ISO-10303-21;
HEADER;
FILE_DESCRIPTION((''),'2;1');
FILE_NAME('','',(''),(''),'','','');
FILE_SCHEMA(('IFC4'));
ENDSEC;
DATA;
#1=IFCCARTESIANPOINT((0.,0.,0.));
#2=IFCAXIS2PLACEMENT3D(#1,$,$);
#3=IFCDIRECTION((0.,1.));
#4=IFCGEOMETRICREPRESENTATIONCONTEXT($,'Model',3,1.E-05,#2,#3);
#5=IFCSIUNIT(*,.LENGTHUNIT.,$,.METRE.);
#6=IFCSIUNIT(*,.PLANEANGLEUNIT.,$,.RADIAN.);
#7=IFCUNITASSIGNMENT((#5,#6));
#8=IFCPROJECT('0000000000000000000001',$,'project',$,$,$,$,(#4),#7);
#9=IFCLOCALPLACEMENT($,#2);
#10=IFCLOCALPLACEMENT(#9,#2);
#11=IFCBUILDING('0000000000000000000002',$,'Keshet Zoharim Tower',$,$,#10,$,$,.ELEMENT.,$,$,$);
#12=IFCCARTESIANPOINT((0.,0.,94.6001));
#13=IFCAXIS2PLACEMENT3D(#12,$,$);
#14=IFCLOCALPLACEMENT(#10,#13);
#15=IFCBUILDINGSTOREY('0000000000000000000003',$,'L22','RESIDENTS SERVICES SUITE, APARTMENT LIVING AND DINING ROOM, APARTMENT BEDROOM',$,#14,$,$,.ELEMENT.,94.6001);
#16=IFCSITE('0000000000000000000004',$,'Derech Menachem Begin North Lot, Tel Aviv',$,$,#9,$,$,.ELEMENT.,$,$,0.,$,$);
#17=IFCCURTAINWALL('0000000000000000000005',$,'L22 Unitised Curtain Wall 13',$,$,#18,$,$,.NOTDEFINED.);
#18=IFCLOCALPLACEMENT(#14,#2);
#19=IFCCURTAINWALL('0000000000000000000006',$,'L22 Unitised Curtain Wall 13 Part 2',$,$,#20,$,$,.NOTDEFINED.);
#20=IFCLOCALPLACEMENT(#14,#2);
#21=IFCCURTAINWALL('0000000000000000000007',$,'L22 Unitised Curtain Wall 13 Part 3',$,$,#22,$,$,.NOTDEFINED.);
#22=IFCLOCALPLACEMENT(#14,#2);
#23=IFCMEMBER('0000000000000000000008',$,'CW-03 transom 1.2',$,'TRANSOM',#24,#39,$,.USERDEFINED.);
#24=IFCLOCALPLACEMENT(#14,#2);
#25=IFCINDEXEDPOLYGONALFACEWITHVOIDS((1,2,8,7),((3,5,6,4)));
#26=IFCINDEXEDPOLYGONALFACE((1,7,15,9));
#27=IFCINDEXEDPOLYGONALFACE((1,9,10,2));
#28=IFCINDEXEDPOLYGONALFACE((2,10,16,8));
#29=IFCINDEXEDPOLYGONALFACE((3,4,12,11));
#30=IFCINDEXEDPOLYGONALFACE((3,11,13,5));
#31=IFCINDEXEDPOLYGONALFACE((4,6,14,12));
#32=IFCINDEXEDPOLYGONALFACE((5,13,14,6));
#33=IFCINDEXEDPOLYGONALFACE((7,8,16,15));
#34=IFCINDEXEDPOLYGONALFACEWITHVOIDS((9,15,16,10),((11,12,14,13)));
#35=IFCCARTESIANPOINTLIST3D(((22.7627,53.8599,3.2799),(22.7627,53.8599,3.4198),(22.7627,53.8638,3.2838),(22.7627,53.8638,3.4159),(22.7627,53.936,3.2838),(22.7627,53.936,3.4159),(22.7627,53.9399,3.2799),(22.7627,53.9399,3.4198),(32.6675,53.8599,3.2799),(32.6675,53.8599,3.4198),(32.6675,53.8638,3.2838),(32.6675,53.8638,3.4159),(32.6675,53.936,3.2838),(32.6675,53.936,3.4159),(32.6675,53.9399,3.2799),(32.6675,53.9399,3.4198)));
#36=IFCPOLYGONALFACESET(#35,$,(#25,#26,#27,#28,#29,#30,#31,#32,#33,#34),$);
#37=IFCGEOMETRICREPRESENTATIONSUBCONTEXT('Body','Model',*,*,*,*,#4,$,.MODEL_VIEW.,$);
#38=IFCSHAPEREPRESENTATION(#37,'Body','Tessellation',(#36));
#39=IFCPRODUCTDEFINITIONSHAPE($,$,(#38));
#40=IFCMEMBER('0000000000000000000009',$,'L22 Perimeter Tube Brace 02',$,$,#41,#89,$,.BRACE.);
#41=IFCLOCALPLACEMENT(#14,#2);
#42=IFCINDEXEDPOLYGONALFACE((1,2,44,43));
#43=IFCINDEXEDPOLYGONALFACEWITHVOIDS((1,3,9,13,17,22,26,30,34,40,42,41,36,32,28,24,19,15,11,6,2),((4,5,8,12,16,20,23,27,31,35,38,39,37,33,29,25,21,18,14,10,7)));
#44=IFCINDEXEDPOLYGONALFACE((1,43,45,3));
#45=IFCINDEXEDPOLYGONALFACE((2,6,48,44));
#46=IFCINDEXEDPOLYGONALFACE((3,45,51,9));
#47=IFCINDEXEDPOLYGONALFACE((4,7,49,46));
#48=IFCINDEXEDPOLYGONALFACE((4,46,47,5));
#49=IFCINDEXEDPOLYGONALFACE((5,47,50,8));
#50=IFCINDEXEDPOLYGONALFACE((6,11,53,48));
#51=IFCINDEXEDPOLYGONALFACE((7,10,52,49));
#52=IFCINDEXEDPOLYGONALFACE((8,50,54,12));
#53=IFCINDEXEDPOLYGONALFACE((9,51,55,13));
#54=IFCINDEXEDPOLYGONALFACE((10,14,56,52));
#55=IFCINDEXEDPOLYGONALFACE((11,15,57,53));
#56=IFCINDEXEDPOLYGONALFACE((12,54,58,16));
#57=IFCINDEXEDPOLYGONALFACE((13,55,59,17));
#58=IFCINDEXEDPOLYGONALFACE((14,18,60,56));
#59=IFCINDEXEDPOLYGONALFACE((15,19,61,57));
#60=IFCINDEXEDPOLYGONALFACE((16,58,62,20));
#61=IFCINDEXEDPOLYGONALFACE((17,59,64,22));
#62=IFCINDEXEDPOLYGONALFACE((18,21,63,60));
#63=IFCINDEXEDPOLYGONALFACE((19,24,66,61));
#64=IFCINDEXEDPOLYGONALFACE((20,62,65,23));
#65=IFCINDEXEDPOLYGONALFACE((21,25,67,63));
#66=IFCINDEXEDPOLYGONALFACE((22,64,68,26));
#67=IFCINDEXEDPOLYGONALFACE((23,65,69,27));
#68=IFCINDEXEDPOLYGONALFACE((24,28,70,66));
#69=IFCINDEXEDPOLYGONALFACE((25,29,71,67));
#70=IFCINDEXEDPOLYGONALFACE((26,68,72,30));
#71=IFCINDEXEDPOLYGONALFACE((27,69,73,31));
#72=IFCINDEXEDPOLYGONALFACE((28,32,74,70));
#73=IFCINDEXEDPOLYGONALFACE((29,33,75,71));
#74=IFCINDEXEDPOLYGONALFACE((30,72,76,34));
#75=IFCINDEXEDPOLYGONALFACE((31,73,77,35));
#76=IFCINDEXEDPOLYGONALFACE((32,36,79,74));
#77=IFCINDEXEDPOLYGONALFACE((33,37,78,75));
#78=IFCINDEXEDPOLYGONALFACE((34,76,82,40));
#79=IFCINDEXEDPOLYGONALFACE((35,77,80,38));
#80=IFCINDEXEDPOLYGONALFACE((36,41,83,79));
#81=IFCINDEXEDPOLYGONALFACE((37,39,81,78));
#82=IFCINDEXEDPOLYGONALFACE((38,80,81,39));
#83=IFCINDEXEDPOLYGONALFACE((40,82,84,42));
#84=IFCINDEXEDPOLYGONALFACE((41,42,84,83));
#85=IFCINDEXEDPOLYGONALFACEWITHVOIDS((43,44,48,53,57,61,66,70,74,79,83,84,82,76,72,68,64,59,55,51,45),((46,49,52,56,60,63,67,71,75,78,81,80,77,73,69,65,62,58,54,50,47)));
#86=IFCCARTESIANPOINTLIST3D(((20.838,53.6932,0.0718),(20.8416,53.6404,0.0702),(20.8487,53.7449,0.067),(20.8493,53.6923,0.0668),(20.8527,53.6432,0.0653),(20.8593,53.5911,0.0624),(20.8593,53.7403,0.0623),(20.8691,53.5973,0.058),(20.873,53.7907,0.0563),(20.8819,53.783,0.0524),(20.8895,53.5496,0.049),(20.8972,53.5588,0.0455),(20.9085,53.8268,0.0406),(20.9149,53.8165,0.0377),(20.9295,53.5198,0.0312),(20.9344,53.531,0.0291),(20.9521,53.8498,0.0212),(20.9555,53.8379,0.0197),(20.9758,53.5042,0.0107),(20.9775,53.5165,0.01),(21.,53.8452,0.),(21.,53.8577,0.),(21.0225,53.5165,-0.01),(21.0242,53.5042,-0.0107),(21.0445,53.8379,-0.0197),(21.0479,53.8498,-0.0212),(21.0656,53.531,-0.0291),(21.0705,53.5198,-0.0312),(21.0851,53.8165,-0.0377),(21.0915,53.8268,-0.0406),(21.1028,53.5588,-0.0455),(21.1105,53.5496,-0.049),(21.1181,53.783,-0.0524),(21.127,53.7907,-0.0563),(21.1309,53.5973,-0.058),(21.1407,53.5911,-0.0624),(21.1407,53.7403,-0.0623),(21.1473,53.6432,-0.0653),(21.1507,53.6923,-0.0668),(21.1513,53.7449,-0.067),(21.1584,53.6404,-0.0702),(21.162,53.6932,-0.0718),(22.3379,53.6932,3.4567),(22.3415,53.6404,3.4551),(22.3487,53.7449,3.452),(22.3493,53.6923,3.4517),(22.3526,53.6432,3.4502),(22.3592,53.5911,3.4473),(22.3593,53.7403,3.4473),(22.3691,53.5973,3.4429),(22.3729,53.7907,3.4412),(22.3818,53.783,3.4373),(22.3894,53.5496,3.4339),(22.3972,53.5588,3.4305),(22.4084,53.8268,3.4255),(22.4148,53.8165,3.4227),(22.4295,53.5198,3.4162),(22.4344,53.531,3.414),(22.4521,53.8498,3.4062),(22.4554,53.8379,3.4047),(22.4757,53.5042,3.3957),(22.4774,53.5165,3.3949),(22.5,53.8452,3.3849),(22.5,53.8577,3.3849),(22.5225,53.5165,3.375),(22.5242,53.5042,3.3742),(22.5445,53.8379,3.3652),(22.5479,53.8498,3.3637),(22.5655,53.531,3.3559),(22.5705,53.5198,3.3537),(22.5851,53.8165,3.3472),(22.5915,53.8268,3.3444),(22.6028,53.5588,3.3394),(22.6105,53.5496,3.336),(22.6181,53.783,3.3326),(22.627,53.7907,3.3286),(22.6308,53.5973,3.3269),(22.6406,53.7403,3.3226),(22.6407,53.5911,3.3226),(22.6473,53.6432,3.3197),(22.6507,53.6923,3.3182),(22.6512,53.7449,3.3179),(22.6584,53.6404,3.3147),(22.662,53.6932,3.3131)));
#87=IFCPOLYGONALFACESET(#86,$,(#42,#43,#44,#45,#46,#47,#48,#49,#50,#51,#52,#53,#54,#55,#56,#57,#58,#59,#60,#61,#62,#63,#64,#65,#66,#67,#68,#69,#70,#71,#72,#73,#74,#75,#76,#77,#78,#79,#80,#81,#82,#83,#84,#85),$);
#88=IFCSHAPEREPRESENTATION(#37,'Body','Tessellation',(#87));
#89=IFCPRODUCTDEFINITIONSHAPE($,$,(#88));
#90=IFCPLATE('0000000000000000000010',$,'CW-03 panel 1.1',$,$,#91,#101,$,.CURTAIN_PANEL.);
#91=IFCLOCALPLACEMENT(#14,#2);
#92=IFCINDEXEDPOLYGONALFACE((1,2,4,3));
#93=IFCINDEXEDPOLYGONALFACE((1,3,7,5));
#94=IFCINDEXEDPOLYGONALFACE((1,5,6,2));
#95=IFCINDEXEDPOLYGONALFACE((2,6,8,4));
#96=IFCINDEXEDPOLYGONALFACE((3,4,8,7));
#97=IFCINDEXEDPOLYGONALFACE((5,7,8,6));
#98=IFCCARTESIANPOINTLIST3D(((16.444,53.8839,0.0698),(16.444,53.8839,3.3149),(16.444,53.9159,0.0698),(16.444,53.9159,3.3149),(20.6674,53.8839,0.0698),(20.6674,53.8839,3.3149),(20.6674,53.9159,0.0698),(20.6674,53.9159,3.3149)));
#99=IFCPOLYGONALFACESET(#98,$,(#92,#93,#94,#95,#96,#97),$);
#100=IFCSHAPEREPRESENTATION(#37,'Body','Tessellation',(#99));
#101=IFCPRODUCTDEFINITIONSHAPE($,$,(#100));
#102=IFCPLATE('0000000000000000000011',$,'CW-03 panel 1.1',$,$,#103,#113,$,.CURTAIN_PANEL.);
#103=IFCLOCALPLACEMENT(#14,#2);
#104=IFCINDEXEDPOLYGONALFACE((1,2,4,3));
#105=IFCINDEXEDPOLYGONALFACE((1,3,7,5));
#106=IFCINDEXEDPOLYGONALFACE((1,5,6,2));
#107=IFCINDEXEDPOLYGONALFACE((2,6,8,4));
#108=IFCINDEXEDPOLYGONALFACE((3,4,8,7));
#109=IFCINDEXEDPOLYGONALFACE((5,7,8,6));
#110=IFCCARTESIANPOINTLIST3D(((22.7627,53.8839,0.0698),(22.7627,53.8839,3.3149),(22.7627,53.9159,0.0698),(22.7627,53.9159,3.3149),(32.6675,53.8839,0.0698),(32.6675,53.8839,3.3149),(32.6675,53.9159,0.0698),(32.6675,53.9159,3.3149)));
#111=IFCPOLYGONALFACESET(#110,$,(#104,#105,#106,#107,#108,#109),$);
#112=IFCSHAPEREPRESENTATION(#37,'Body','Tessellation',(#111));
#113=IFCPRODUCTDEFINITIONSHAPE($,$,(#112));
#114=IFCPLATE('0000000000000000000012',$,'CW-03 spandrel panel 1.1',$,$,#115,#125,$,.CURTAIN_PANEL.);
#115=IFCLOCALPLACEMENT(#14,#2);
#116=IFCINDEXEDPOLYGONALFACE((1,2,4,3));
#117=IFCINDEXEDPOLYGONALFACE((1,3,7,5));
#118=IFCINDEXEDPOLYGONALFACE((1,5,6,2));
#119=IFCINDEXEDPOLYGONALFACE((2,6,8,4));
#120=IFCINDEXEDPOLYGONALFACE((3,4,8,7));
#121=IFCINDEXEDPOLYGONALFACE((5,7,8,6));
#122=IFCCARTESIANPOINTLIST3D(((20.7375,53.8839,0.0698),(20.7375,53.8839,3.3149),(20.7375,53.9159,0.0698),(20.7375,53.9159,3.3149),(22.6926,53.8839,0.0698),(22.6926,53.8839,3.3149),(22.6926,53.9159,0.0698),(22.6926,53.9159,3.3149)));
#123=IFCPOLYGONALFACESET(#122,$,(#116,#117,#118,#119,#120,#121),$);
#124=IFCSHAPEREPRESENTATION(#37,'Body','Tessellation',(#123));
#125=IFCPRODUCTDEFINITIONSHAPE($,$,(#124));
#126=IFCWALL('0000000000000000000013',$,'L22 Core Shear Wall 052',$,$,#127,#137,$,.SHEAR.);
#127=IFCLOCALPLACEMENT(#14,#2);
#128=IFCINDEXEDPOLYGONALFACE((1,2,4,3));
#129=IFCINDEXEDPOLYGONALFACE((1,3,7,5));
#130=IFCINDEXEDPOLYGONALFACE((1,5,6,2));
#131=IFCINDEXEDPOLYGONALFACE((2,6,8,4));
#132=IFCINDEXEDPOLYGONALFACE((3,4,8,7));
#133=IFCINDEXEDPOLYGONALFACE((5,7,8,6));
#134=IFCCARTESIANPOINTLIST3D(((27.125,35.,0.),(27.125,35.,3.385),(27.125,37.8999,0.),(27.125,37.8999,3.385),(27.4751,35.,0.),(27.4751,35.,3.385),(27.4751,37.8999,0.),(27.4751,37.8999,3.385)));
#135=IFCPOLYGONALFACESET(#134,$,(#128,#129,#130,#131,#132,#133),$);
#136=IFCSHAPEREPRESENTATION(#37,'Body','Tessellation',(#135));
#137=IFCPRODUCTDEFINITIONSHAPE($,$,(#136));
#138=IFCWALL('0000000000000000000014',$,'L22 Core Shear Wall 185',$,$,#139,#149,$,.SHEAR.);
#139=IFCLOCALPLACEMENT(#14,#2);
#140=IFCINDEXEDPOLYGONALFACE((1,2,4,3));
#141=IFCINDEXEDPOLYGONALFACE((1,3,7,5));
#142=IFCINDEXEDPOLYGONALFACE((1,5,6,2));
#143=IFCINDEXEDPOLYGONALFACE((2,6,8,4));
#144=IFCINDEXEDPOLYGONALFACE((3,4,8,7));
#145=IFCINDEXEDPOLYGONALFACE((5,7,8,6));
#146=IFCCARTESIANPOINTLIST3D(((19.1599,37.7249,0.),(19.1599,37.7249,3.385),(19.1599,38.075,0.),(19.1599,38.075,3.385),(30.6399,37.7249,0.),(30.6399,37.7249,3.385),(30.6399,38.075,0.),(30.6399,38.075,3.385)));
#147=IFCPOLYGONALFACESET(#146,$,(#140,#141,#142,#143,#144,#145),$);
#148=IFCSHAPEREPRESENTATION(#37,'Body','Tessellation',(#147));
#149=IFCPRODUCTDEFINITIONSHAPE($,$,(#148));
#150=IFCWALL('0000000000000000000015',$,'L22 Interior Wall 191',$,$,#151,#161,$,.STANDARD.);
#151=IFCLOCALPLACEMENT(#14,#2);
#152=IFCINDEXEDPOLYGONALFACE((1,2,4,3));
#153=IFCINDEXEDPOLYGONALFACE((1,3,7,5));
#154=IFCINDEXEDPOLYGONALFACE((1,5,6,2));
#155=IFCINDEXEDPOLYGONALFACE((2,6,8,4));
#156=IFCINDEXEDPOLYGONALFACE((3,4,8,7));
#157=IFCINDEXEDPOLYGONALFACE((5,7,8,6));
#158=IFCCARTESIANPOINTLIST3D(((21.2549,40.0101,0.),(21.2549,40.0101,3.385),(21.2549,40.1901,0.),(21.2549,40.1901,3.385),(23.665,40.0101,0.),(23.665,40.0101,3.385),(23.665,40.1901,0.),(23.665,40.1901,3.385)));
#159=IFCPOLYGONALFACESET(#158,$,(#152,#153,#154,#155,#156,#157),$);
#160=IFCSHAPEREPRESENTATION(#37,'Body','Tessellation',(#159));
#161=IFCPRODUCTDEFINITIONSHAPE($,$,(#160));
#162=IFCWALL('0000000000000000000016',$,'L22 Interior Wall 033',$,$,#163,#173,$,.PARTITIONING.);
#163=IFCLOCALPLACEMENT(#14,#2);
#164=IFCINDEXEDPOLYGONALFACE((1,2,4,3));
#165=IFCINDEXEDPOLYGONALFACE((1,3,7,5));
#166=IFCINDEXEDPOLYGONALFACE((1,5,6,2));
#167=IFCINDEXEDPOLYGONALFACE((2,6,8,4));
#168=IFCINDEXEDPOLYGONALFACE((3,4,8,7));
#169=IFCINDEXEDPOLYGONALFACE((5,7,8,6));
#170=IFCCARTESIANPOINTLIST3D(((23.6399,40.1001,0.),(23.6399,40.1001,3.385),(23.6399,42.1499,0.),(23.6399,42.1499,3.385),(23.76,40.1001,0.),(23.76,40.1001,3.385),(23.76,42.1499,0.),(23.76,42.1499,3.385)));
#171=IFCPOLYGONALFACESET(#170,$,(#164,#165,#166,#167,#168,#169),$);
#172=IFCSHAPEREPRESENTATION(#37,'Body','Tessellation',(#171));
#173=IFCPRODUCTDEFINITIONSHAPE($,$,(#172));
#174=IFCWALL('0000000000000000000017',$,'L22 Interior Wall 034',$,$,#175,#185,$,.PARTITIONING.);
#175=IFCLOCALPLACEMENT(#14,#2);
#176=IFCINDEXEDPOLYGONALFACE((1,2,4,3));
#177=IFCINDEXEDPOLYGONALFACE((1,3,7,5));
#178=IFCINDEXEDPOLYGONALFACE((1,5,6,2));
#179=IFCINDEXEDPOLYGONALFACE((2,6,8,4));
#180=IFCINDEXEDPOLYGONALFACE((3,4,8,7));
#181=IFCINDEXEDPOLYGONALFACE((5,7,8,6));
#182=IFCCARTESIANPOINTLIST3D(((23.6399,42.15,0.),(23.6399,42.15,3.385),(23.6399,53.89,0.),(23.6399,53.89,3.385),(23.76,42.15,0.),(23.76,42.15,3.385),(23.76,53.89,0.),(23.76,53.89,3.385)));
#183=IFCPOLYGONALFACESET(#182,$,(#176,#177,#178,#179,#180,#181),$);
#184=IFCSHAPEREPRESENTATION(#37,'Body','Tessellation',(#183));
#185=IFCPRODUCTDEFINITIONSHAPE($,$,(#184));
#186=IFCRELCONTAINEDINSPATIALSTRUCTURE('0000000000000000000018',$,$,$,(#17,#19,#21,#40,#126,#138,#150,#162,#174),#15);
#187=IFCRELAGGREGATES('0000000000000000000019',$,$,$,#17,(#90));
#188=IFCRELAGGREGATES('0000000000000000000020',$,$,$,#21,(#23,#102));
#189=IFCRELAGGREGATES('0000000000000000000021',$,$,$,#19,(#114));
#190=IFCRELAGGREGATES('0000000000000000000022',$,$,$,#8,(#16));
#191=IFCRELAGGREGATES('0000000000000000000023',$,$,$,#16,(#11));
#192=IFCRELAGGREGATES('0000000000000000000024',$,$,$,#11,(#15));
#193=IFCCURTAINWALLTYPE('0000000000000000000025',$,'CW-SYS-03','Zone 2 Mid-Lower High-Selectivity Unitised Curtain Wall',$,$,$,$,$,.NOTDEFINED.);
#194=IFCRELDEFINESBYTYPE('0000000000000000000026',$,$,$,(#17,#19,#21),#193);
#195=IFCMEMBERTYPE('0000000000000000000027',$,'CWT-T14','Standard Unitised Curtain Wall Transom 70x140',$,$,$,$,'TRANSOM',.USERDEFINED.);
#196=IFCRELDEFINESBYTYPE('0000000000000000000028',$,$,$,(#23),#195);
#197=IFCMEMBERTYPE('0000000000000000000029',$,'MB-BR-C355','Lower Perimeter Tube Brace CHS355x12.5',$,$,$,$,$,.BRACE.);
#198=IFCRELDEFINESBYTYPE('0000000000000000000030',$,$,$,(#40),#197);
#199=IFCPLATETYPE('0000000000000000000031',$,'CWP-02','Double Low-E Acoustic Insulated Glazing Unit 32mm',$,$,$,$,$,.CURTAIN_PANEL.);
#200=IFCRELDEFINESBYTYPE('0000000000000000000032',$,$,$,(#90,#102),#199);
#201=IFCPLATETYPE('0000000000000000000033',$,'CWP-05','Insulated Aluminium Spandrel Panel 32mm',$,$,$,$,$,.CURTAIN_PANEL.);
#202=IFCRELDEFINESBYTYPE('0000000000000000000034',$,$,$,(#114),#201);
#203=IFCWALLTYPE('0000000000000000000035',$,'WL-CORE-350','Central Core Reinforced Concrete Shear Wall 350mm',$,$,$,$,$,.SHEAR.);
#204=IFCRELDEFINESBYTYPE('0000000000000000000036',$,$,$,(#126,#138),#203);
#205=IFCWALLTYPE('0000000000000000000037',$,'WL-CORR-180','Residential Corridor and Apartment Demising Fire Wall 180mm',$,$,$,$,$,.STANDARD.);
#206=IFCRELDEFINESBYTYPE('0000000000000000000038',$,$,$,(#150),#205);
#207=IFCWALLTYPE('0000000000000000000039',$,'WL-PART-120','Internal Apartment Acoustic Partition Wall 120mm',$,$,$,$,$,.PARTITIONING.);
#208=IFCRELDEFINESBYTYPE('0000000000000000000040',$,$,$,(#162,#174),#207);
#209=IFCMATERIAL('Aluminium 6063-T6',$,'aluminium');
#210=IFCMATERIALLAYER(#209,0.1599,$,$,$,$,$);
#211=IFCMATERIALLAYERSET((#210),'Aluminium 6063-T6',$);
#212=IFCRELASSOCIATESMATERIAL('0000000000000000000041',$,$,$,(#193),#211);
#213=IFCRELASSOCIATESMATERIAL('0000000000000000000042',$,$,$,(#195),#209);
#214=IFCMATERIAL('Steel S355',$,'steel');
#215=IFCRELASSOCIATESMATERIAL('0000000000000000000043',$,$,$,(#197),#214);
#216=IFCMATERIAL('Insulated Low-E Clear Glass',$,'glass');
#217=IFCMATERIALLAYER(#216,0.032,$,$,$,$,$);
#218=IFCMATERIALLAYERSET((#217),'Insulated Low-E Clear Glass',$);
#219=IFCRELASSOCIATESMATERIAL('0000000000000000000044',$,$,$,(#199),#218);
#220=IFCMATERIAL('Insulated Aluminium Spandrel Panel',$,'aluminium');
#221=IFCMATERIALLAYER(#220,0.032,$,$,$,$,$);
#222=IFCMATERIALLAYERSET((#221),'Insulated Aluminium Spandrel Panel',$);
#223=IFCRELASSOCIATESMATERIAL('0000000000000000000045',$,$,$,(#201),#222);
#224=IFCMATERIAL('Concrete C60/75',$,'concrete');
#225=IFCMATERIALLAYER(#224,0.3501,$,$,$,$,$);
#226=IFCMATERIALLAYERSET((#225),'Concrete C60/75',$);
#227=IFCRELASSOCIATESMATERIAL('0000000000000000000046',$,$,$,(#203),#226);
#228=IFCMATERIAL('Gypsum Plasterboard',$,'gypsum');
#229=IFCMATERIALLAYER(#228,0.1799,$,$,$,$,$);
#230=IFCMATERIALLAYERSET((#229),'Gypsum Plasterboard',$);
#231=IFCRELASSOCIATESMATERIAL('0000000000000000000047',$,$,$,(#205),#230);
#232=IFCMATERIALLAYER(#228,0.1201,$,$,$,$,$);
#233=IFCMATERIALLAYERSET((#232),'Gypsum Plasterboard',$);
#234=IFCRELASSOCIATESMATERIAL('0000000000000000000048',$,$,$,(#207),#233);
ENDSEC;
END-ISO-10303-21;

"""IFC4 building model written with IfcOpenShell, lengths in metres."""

from ifc_helpers import new_model, si_unit, direction, frame, frame_2d, origin, origin_2d, place, context, subcontext, project, spatial, rectangle, hollow_rectangle, hollow_circle, extrude, material, layer, layer_set, material_profile, profile_set, type_object, element, aggregate, save


model = new_model("IFC4")

# Units and contexts
model_context = context("Model", 3, precision=1e-05, world=origin(), true_north=direction((0.0, 1.0)))
body_context = subcontext(model_context, "Body", "Model", "MODEL_VIEW")
ifc_project = project(units=[si_unit("LENGTHUNIT", "METRE"), si_unit("PLANEANGLEUNIT", "RADIAN")], contexts=[model_context])

# Site, building, storey
site_placement = place(None, origin())
site = spatial("IfcSite", under=ifc_project, at=site_placement, Name="Derech Menachem Begin North Lot, Tel Aviv", CompositionType="ELEMENT", RefElevation=0.0)
building_placement = place(site_placement, origin())
building = spatial("IfcBuilding", under=site, at=building_placement, Name="Keshet Zoharim Tower", CompositionType="ELEMENT")
storey_placement = place(building_placement, frame((0.0, 0.0, 94.6001)))
storey = spatial("IfcBuildingStorey", under=building, at=storey_placement, Name="L22", Description="RESIDENTS SERVICES SUITE, APARTMENT LIVING AND DINING ROOM, APARTMENT BEDROOM", CompositionType="ELEMENT", Elevation=94.6001)

# Shared definitions
ifc_material_1 = material(Name="Steel S355", Category="steel")

# Curtain wall
ifc_material_2 = material(Name="Aluminium 6063-T6", Category="aluminium")
ifc_layer_1 = layer(ifc_material_2, 0.1599)
ifc_layer_set_1 = layer_set([ifc_layer_1], Name="Aluminium 6063-T6")
curtain_wall_type = type_object("IfcCurtainWallType", Name="CW-SYS-03", Description="Zone 2 Mid-Lower High-Selectivity Unitised Curtain Wall", PredefinedType="NOTDEFINED", material=ifc_layer_set_1)
curtain_wall_1_placement = place(storey_placement, origin())
curtain_wall_1 = element("IfcCurtainWall", 1, at=curtain_wall_1_placement, inside=storey, type_object=curtain_wall_type, Name="L22 Unitised Curtain Wall 13", PredefinedType="NOTDEFINED")

# Curtain walls, member
curtain_wall_2_placement = place(storey_placement, origin())
curtain_wall_2 = element("IfcCurtainWall", 2, at=curtain_wall_2_placement, inside=storey, type_object=curtain_wall_type, Name="L22 Unitised Curtain Wall 13 Part 2", PredefinedType="NOTDEFINED")
ifc_material_profile_1 = material_profile(ifc_material_2, hollow_rectangle(XDim=0.0801, YDim=0.1399, WallThickness=0.0039, at=origin_2d()), Name="TRN-80x140")
ifc_profile_set_1 = profile_set([ifc_material_profile_1], Name="Aluminium 6063-T6")
member_type_1 = type_object("IfcMemberType", Name="CWT-T14", Description="Standard Unitised Curtain Wall Transom 70x140", ElementType="TRANSOM", PredefinedType="USERDEFINED", material=ifc_profile_set_1)
curtain_wall_3_placement = place(storey_placement, origin())
curtain_wall_3 = element("IfcCurtainWall", 3, at=curtain_wall_3_placement, inside=storey, type_object=curtain_wall_type, Name="L22 Unitised Curtain Wall 13 Part 3", PredefinedType="NOTDEFINED")
member_1_placement = place(storey_placement, frame((22.7627, 53.8999, 3.3499), z_axis=(1.0, 0.0, 0.0), x_axis=(0.0, 1.0, 0.0)))
member_1 = element("IfcMember", 4, at=member_1_placement, type_object=member_type_1, Name="CW-03 transom 1.2", ObjectType="TRANSOM", PredefinedType="USERDEFINED", context=body_context, shape_type="SweptSolid", body=[
    extrude(hollow_rectangle(XDim=0.0801, YDim=0.1399, WallThickness=0.0039, at=origin_2d()), origin(), (0.0, 0.0, 1.0), 9.9048),
])

# Member
ifc_material_profile_2 = material_profile(ifc_material_1, hollow_circle(Radius=0.1777, WallThickness=0.0125, at=origin_2d()), Name="CHS355x12.5")
ifc_profile_set_2 = profile_set([ifc_material_profile_2], Name="Steel S355")
member_type_2 = type_object("IfcMemberType", Name="MB-BR-C355", Description="Lower Perimeter Tube Brace CHS355x12.5", PredefinedType="BRACE", material=ifc_profile_set_2)
member_2_placement = place(storey_placement, frame((21.0, 53.6799, 0.0), z_axis=(0.405135, 0.0, 0.914257), x_axis=(0.0, 1.0, 0.0)))
element("IfcMember", 5, at=member_2_placement, inside=storey, type_object=member_type_2, Name="L22 Perimeter Tube Brace 02", PredefinedType="BRACE", context=body_context, shape_type="SweptSolid", body=[
    extrude(hollow_circle(Radius=0.1777, WallThickness=0.0125, at=origin_2d()), origin(), (0.0, 0.0, 1.0), 3.7024),
])

# Plates
ifc_material_3 = material(Name="Insulated Low-E Clear Glass", Category="glass")
ifc_layer_2 = layer(ifc_material_3, 0.032)
ifc_layer_set_2 = layer_set([ifc_layer_2], Name="Insulated Low-E Clear Glass")
plate_type_1 = type_object("IfcPlateType", Name="CWP-02", Description="Double Low-E Acoustic Insulated Glazing Unit 32mm", PredefinedType="CURTAIN_PANEL", material=ifc_layer_set_2)
plate_1_placement = place(storey_placement, frame((18.5557, 53.8999, 0.0698), z_axis=(0.0, 0.0, 1.0), x_axis=(1.0, 0.0, 0.0)))
plate_1 = element("IfcPlate", 6, at=plate_1_placement, type_object=plate_type_1, Name="CW-03 panel 1.1", PredefinedType="CURTAIN_PANEL", context=body_context, shape_type="SweptSolid", body=[
    extrude(rectangle(XDim=4.2234, YDim=0.032, at=origin_2d()), origin(), (0.0, 0.0, 1.0), 3.2451),
])
aggregate(curtain_wall_1, [plate_1])
plate_2_placement = place(storey_placement, frame((27.7151, 53.8999, 0.0698), z_axis=(0.0, 0.0, 1.0), x_axis=(1.0, 0.0, 0.0)))
plate_2 = element("IfcPlate", 7, at=plate_2_placement, type_object=plate_type_1, Name="CW-03 panel 1.1", PredefinedType="CURTAIN_PANEL", context=body_context, shape_type="SweptSolid", body=[
    extrude(rectangle(XDim=9.9048, YDim=0.032, at=origin_2d()), origin(), (0.0, 0.0, 1.0), 3.2451),
])
aggregate(curtain_wall_3, [member_1, plate_2])
ifc_material_4 = material(Name="Insulated Aluminium Spandrel Panel", Category="aluminium")
ifc_layer_3 = layer(ifc_material_4, 0.032)
ifc_layer_set_3 = layer_set([ifc_layer_3], Name="Insulated Aluminium Spandrel Panel")
plate_type_2 = type_object("IfcPlateType", Name="CWP-05", Description="Insulated Aluminium Spandrel Panel 32mm", PredefinedType="CURTAIN_PANEL", material=ifc_layer_set_3)
plate_3_placement = place(storey_placement, frame((21.7151, 53.8999, 0.0698), z_axis=(0.0, 0.0, 1.0), x_axis=(1.0, 0.0, 0.0)))
plate_3 = element("IfcPlate", 8, at=plate_3_placement, type_object=plate_type_2, Name="CW-03 spandrel panel 1.1", PredefinedType="CURTAIN_PANEL", context=body_context, shape_type="SweptSolid", body=[
    extrude(rectangle(XDim=1.9551, YDim=0.032, at=origin_2d()), origin(), (0.0, 0.0, 1.0), 3.2451),
])
aggregate(curtain_wall_2, [plate_3])

# Walls
ifc_material_5 = material(Name="Concrete C60/75", Category="concrete")
ifc_layer_4 = layer(ifc_material_5, 0.3501)
ifc_layer_set_4 = layer_set([ifc_layer_4], Name="Concrete C60/75")
wall_type_1 = type_object("IfcWallType", Name="WL-CORE-350", Description="Central Core Reinforced Concrete Shear Wall 350mm", PredefinedType="SHEAR", material=ifc_layer_set_4)
wall_1_placement = place(storey_placement, frame((27.3, 35.0, 0.0), z_axis=(0.0, 0.0, 1.0), x_axis=(0.0, 1.0, 0.0)))
element("IfcWall", 9, at=wall_1_placement, inside=storey, type_object=wall_type_1, Name="L22 Core Shear Wall 052", PredefinedType="SHEAR", context=body_context, shape_type="SweptSolid", body=[
    extrude(rectangle(XDim=2.8999, YDim=0.3501, at=frame_2d((1.45, 0.0))), origin(), (0.0, 0.0, 1.0), 3.385),
])
wall_2_placement = place(storey_placement, frame((19.1599, 37.8999, 0.0), z_axis=(0.0, 0.0, 1.0), x_axis=(1.0, 0.0, 0.0)))
element("IfcWall", 10, at=wall_2_placement, inside=storey, type_object=wall_type_1, Name="L22 Core Shear Wall 185", PredefinedType="SHEAR", context=body_context, shape_type="SweptSolid", body=[
    extrude(rectangle(XDim=11.48, YDim=0.3501, at=frame_2d((5.74, 0.0))), origin(), (0.0, 0.0, 1.0), 3.385),
])
ifc_material_6 = material(Name="Gypsum Plasterboard", Category="gypsum")
ifc_layer_5 = layer(ifc_material_6, 0.1799)
ifc_layer_set_5 = layer_set([ifc_layer_5], Name="Gypsum Plasterboard")
wall_type_2 = type_object("IfcWallType", Name="WL-CORR-180", Description="Residential Corridor and Apartment Demising Fire Wall 180mm", PredefinedType="STANDARD", material=ifc_layer_set_5)
wall_3_placement = place(storey_placement, frame((21.2549, 40.1001, 0.0), z_axis=(0.0, 0.0, 1.0), x_axis=(1.0, 0.0, 0.0)))
element("IfcWall", 11, at=wall_3_placement, inside=storey, type_object=wall_type_2, Name="L22 Interior Wall 191", PredefinedType="STANDARD", context=body_context, shape_type="SweptSolid", body=[
    extrude(rectangle(XDim=2.4102, YDim=0.1799, at=frame_2d((1.2051, 0.0))), origin(), (0.0, 0.0, 1.0), 3.385),
])

# Shared definitions
ifc_layer_6 = layer(ifc_material_6, 0.1201)
ifc_layer_set_6 = layer_set([ifc_layer_6], Name="Gypsum Plasterboard")
wall_type_3 = type_object("IfcWallType", Name="WL-PART-120", Description="Internal Apartment Acoustic Partition Wall 120mm", PredefinedType="PARTITIONING", material=ifc_layer_set_6)

# Walls
wall_4_placement = place(storey_placement, frame((23.7, 40.1001, 0.0), z_axis=(0.0, 0.0, 1.0), x_axis=(0.0, 1.0, 0.0)))
element("IfcWall", 12, at=wall_4_placement, inside=storey, type_object=wall_type_3, Name="L22 Interior Wall 033", PredefinedType="PARTITIONING", context=body_context, shape_type="SweptSolid", body=[
    extrude(rectangle(XDim=2.0498, YDim=0.1201, at=frame_2d((1.0249, 0.0))), origin(), (0.0, 0.0, 1.0), 3.385),
])
for number, where, z_axis, x_axis, name in (
    (13, (23.7, 42.1499, 0.0), (0.0, 0.0, 1.0), (0.0, 1.0, 0.0), "L22 Interior Wall 034"),
):
    element("IfcWall", number, at=place(storey_placement, frame(where, z_axis=z_axis, x_axis=x_axis)), inside=storey, type_object=wall_type_3, Name=name, PredefinedType="PARTITIONING", context=body_context, shape_type="SweptSolid", body=[
        extrude(rectangle(XDim=11.74, YDim=0.1201, at=frame_2d((5.8701, 0.0))), origin(), (0.0, 0.0, 1.0), 3.385),
    ])

save(model, "model.ifc")
